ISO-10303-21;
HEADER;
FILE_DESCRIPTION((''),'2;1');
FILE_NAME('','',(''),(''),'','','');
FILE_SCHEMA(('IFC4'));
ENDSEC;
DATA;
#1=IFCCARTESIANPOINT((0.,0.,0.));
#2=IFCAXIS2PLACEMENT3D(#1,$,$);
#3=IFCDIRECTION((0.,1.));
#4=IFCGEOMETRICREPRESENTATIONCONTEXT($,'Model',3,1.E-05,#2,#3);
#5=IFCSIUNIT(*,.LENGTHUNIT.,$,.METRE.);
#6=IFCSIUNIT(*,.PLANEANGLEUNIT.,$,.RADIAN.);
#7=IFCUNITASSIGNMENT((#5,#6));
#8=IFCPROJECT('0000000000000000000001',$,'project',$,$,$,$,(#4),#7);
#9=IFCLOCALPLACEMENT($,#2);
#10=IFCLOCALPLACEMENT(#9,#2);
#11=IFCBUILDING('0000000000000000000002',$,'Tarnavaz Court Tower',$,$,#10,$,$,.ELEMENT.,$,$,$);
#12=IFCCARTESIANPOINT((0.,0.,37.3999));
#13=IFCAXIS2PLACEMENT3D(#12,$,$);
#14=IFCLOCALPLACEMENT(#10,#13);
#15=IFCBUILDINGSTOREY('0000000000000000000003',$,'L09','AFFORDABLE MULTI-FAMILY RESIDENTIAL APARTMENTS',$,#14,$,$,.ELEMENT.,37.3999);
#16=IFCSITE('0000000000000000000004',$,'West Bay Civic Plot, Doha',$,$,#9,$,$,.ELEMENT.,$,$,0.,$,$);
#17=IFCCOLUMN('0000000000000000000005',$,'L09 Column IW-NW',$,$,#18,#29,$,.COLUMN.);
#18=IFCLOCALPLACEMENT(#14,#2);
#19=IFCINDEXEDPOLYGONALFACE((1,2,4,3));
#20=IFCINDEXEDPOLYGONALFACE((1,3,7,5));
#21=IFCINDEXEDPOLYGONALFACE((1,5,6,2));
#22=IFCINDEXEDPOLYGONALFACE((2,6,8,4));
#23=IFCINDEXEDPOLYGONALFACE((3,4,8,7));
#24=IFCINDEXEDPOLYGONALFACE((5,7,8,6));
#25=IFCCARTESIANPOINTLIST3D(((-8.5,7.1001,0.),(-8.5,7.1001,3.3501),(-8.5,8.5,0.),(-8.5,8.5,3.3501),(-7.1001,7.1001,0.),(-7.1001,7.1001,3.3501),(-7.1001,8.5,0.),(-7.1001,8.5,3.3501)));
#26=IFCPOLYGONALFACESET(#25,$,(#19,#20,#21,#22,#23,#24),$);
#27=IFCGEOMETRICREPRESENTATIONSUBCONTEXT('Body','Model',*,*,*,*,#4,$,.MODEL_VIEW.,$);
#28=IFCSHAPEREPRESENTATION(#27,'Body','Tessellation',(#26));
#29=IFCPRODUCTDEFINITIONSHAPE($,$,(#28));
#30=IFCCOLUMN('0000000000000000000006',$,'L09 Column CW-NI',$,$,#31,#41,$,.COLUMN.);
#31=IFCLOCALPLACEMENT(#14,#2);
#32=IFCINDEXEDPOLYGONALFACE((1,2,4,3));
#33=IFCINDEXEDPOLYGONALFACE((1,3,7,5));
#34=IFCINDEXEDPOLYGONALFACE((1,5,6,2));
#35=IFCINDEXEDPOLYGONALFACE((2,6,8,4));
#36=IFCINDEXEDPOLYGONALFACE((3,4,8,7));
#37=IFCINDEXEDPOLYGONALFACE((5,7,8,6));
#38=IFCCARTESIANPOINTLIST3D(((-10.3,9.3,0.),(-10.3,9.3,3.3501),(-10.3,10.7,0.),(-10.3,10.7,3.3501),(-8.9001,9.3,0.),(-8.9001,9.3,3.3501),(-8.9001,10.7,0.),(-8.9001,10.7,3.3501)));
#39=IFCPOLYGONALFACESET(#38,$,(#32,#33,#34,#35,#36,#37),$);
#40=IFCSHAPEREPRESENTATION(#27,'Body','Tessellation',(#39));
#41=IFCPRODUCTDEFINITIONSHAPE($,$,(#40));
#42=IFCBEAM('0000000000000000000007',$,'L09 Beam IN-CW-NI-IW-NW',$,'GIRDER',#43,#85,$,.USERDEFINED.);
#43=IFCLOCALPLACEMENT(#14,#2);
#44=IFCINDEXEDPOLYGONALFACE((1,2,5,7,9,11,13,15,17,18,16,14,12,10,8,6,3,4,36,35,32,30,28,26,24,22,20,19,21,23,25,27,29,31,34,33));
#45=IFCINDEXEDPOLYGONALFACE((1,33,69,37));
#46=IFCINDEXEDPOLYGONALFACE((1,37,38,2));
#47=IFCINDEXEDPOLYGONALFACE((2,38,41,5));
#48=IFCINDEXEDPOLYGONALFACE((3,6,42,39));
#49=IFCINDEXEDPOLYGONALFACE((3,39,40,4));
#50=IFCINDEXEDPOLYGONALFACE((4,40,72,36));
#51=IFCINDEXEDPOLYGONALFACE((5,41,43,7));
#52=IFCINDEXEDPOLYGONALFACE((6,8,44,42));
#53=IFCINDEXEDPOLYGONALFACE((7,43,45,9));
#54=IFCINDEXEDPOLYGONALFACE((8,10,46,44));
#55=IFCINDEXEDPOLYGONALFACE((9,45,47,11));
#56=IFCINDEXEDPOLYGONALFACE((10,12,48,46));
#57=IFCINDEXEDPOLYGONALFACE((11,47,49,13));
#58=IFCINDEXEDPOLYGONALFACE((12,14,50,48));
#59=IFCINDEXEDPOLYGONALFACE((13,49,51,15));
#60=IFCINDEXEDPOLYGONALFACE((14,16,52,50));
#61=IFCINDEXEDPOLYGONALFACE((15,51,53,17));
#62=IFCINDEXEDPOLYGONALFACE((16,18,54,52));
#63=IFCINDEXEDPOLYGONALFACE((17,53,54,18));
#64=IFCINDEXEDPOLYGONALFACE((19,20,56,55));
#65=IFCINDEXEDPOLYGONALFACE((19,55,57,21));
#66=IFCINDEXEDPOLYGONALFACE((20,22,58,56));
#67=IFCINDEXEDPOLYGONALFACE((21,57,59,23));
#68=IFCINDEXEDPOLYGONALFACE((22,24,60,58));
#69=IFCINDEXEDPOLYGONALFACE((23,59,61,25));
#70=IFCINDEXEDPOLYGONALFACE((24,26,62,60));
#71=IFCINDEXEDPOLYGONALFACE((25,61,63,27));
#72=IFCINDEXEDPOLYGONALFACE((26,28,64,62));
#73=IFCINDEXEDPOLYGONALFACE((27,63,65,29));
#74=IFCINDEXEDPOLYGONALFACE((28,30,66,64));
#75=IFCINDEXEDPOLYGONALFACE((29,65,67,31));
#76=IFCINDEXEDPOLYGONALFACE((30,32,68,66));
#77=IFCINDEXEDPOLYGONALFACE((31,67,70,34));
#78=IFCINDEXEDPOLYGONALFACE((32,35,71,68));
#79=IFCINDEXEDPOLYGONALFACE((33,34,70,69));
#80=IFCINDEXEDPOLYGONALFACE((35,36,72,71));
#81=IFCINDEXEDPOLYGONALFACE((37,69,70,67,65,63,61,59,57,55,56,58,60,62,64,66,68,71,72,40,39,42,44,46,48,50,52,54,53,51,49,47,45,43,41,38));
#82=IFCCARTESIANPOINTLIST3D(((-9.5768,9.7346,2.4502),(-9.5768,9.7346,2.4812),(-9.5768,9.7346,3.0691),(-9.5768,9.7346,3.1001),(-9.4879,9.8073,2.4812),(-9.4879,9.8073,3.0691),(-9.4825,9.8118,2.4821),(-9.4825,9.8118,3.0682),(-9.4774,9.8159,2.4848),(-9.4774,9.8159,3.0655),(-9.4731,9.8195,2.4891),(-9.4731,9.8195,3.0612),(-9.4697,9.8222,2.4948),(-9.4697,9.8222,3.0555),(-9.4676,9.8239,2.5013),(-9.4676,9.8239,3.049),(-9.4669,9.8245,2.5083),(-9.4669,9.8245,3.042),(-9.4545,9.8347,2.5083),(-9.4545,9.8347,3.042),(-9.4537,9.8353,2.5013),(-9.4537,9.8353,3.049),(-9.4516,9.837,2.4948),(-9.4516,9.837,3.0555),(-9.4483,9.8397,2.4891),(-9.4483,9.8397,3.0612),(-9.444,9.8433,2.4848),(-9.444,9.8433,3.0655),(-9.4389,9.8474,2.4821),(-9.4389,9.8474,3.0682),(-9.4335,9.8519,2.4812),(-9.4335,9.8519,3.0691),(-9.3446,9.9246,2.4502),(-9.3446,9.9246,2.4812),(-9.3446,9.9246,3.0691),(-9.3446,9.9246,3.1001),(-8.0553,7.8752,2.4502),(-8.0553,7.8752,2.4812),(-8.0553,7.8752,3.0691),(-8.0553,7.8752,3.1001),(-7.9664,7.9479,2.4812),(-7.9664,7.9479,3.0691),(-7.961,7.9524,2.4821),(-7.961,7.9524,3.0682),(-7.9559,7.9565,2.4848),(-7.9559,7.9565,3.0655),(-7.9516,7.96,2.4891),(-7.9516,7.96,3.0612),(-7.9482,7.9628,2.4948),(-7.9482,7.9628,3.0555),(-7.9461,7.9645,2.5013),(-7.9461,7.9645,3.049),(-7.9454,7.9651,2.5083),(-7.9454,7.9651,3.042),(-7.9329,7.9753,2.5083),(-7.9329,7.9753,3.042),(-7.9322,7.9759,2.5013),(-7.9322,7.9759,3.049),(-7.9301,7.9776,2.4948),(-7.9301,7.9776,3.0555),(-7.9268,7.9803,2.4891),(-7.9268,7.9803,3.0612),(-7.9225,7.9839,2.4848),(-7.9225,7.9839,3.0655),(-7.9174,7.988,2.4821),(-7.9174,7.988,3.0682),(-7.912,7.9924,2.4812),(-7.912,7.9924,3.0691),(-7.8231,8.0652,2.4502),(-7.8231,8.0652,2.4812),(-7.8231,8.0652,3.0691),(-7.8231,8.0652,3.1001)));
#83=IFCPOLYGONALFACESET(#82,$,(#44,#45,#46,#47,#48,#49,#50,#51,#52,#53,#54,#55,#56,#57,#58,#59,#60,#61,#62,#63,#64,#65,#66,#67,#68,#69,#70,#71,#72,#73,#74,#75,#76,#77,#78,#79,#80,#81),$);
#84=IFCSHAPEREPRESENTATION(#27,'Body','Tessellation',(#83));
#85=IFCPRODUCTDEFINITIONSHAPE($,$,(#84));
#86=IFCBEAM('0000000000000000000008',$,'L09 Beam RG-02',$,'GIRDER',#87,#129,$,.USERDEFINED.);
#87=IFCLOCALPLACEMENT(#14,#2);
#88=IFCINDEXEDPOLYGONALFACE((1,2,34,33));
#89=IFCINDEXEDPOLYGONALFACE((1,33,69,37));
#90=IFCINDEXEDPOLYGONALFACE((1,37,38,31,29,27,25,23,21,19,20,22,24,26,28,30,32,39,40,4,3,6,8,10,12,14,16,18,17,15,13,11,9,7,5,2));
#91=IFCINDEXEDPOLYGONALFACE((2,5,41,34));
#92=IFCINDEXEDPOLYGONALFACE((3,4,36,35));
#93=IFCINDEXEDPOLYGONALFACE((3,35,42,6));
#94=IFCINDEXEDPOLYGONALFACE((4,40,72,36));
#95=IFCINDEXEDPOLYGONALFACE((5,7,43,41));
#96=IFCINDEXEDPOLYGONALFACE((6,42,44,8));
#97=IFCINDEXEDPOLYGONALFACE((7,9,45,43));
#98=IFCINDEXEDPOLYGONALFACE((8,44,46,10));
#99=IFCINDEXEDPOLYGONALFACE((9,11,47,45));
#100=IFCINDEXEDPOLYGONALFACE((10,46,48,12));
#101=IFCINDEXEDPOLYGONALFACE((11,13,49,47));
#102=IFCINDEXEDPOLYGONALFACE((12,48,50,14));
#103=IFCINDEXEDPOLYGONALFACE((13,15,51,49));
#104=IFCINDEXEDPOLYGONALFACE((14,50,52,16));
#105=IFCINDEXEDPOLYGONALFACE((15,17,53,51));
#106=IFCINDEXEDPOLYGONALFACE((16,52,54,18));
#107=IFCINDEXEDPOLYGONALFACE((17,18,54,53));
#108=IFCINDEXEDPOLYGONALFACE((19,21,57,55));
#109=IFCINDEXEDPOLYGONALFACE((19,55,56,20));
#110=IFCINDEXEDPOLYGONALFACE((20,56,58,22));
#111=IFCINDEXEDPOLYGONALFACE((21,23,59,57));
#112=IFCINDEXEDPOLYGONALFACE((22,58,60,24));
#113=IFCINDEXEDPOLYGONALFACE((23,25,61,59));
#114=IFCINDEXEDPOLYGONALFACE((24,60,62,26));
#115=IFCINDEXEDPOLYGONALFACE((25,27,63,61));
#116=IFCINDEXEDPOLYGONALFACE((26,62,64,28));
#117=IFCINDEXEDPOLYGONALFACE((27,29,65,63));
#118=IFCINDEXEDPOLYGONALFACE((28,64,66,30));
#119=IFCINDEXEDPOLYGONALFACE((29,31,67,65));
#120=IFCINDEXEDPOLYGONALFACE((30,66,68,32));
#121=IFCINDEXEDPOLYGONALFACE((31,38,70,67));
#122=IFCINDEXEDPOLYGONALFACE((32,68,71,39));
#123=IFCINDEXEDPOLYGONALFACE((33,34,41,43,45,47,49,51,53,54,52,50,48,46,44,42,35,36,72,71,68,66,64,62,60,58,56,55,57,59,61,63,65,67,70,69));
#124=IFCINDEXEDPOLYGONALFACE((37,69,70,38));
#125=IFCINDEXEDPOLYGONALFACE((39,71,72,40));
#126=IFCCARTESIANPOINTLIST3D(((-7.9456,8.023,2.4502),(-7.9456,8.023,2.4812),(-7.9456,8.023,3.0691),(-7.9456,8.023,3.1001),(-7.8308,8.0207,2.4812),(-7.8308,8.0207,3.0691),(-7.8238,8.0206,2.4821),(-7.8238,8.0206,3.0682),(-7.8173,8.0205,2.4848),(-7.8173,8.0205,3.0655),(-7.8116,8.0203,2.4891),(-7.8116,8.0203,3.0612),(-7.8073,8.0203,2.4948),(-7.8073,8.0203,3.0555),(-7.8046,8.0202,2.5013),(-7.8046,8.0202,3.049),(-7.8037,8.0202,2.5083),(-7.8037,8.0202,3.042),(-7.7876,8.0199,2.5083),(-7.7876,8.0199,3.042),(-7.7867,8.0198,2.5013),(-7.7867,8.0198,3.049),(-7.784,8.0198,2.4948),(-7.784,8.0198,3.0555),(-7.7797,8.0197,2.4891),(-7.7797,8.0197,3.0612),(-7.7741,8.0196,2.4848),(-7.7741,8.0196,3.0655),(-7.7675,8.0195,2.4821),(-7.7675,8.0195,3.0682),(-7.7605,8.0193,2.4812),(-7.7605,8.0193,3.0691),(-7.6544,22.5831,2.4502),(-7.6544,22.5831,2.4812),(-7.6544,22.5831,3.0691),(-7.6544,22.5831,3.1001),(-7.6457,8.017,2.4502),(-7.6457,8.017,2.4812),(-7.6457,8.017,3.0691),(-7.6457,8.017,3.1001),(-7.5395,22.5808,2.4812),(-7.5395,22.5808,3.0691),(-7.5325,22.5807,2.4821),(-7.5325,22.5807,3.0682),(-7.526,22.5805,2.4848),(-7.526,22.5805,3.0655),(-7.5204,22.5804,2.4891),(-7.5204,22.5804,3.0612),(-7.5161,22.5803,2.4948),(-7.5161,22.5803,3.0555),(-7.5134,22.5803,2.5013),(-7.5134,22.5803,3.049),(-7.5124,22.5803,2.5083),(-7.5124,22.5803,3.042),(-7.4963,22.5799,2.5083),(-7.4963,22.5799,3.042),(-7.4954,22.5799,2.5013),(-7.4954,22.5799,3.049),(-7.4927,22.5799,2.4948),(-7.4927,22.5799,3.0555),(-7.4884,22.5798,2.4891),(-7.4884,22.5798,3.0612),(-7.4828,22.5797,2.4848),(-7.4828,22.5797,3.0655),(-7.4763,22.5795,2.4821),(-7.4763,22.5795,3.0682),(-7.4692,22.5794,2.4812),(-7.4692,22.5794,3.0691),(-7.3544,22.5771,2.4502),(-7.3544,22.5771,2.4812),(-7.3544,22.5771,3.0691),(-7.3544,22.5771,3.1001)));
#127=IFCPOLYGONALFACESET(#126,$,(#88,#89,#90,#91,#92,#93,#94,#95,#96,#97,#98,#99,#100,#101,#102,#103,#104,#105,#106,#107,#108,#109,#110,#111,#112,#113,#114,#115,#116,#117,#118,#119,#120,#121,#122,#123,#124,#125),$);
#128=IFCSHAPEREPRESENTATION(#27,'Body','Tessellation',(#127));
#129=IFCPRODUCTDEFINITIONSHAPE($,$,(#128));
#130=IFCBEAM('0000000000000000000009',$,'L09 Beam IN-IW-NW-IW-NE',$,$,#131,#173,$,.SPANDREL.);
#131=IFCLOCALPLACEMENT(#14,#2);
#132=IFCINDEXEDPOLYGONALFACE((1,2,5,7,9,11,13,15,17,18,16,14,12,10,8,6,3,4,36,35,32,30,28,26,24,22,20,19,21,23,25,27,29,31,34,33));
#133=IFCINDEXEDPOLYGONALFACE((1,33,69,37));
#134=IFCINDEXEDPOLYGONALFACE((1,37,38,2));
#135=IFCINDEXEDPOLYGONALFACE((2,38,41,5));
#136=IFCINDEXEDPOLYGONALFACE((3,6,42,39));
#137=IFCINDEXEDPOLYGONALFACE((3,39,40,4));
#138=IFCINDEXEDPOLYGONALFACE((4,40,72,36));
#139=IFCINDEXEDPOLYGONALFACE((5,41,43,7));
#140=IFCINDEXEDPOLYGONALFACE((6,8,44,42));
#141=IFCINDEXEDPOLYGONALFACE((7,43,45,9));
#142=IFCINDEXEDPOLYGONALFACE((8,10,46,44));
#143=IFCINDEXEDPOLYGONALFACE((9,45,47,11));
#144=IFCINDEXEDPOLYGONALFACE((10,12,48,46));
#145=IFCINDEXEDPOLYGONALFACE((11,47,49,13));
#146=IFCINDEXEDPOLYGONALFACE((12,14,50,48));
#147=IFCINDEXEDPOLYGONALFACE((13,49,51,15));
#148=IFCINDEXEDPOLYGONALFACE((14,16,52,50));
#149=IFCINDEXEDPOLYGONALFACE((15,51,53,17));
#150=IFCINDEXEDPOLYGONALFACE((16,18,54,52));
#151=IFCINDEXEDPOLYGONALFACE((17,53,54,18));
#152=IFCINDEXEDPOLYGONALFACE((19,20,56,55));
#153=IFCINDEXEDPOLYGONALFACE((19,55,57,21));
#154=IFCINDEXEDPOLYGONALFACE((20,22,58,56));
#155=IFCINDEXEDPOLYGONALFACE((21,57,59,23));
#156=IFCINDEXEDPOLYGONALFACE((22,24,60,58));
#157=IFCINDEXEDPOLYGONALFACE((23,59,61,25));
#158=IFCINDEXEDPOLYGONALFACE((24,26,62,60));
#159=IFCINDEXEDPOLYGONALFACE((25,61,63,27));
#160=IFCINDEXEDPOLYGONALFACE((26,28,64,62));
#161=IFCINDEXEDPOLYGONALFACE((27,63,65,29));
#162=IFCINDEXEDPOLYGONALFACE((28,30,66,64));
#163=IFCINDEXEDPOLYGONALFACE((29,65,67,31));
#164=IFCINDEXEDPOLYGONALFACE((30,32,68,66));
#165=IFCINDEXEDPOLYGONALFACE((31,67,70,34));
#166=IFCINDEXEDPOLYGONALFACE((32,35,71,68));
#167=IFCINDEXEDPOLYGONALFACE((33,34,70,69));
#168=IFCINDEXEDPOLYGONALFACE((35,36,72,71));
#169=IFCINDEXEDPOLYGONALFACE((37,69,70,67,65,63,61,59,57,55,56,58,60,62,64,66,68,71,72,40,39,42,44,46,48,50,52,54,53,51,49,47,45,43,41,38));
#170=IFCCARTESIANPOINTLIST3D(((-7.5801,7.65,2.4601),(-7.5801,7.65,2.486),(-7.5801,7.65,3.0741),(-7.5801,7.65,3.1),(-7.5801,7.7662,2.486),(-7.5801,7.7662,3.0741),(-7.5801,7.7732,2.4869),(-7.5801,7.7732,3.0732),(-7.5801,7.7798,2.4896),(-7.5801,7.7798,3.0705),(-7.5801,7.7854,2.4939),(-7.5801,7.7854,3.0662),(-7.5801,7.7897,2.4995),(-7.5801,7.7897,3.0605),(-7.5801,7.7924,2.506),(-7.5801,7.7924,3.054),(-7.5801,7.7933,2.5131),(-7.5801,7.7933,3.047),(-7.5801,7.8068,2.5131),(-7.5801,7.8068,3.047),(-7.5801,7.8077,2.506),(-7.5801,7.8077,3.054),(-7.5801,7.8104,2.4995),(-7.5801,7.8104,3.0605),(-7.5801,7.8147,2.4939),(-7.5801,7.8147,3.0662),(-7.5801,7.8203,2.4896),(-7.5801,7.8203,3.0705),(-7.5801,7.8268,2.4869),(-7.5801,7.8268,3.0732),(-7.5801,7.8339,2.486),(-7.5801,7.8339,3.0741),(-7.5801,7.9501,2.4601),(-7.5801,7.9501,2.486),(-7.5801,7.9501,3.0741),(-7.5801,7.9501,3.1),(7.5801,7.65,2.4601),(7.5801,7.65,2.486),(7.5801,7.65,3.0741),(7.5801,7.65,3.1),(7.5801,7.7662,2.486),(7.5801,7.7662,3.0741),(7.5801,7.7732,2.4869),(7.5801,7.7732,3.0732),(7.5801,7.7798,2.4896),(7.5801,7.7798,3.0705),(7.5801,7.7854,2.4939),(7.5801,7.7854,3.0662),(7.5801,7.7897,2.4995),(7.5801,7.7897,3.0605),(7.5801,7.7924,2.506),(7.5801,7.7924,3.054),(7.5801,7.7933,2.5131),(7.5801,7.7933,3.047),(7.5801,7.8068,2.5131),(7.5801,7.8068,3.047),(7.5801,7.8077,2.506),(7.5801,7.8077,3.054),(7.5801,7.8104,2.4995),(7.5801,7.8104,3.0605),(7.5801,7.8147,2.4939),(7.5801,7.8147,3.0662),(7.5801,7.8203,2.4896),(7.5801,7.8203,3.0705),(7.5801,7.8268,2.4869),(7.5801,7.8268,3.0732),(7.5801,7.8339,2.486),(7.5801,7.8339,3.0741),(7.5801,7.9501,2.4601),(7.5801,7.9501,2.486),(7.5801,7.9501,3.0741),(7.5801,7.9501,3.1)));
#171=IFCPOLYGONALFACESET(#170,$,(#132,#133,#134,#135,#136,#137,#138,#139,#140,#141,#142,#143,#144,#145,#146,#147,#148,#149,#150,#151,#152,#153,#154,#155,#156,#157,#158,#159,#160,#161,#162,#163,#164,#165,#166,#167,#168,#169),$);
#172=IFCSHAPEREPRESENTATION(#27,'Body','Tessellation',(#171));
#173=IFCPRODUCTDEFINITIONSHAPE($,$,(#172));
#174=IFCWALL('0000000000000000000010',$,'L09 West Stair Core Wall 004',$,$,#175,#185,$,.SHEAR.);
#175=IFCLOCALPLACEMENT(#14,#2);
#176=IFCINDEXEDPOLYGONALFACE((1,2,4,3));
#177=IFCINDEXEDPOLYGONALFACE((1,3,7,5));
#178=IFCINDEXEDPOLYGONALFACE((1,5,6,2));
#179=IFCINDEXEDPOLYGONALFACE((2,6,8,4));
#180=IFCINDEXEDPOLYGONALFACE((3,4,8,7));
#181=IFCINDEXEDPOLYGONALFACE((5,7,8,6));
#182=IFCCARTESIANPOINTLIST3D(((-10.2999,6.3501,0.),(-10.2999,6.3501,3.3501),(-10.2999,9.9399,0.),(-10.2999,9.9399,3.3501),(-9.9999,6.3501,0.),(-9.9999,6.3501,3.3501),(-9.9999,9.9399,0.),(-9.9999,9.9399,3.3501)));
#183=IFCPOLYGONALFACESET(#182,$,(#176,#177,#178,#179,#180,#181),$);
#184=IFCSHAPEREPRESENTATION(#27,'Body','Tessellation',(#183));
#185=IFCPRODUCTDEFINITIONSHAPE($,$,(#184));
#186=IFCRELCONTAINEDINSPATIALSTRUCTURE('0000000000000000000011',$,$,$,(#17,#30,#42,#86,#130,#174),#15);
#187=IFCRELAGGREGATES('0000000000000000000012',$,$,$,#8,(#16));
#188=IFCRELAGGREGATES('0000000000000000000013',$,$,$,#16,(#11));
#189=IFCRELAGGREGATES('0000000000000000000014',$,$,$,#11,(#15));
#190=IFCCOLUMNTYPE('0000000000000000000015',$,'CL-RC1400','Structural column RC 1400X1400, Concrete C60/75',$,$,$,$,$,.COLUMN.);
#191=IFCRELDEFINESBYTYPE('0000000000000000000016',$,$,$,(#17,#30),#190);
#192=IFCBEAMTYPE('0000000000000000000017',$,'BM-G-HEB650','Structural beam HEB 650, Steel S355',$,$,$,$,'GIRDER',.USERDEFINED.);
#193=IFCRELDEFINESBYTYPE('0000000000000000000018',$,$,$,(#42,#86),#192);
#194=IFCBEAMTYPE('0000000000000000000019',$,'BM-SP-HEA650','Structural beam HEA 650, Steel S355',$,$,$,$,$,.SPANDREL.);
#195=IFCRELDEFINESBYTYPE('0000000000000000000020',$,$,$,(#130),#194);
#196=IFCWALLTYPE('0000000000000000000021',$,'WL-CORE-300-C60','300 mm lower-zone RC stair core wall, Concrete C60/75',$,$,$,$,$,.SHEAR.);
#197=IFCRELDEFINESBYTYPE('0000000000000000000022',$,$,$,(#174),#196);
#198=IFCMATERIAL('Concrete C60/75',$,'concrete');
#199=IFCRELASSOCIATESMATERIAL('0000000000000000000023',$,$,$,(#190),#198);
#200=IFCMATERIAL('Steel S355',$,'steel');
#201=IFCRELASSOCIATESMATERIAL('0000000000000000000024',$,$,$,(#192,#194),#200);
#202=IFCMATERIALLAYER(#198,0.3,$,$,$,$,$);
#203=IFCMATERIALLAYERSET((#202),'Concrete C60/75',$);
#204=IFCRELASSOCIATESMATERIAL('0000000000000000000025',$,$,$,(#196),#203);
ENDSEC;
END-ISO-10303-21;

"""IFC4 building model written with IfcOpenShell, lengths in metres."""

from ifc_helpers import new_model, si_unit, direction, frame, frame_2d, origin, origin_2d, place, context, subcontext, project, spatial, rectangle, i_section, extrude, material, layer, layer_set, material_profile, profile_set, type_object, element, save


model = new_model("IFC4")

# Units and contexts
model_context = context("Model", 3, precision=1e-05, world=origin(), true_north=direction((0.0, 1.0)))
body_context = subcontext(model_context, "Body", "Model", "MODEL_VIEW")
ifc_project = project(units=[si_unit("LENGTHUNIT", "METRE"), si_unit("PLANEANGLEUNIT", "RADIAN")], contexts=[model_context])

# Site, building, storey
site_placement = place(None, origin())
site = spatial("IfcSite", under=ifc_project, at=site_placement, Name="West Bay Civic Plot, Doha", CompositionType="ELEMENT", RefElevation=0.0)
building_placement = place(site_placement, origin())
building = spatial("IfcBuilding", under=site, at=building_placement, Name="Tarnavaz Court Tower", CompositionType="ELEMENT")
storey_placement = place(building_placement, frame((0.0, 0.0, 37.3999)))
storey = spatial("IfcBuildingStorey", under=building, at=storey_placement, Name="L09", Description="AFFORDABLE MULTI-FAMILY RESIDENTIAL APARTMENTS", CompositionType="ELEMENT", Elevation=37.3999)

# Columns
ifc_material_1 = material(Name="Concrete C60/75", Category="concrete")
ifc_material_profile_1 = material_profile(ifc_material_1, rectangle(XDim=1.3999, YDim=1.3999, at=origin_2d()), Name="RC 1400X1400")
ifc_profile_set_1 = profile_set([ifc_material_profile_1], Name="Concrete C60/75")
column_type = type_object("IfcColumnType", Name="CL-RC1400", Description="Structural column RC 1400X1400, Concrete C60/75", PredefinedType="COLUMN", material=ifc_profile_set_1)
for number, where, z_axis, x_axis, name in (
    (1, (-7.8, 7.8, 0.0), (0.0, 0.0, 1.0), (1.0, 0.0, 0.0), "L09 Column IW-NW"),
    (2, (-9.6001, 10.0, 0.0), (0.0, 0.0, 1.0), (1.0, 0.0, 0.0), "L09 Column CW-NI"),
):
    element("IfcColumn", number, at=place(storey_placement, frame(where, z_axis=z_axis, x_axis=x_axis)), inside=storey, type_object=column_type, Name=name, PredefinedType="COLUMN", context=body_context, shape_type="SweptSolid", body=[
        extrude(rectangle(XDim=1.3999, YDim=1.3999, at=origin_2d()), origin(), (0.0, 0.0, 1.0), 3.3501),
    ])

# Beams
ifc_material_2 = material(Name="Steel S355", Category="steel")
ifc_material_profile_2 = material_profile(ifc_material_2, i_section(OverallWidth=0.3, OverallDepth=0.6499, WebThickness=0.0161, FlangeThickness=0.031, FilletRadius=0.0271, at=origin_2d()), Name="HEB 650")
ifc_profile_set_2 = profile_set([ifc_material_profile_2], Name="Steel S355")
beam_type_1 = type_object("IfcBeamType", Name="BM-G-HEB650", Description="Structural beam HEB 650, Steel S355", ElementType="GIRDER", PredefinedType="USERDEFINED", material=ifc_profile_set_2)
beam_1_placement = place(storey_placement, frame((-9.4607, 9.8296, 2.7751), z_axis=(0.633282, -0.773921, 0.0), x_axis=(0.773921, 0.633282, 0.0)))
element("IfcBeam", 3, at=beam_1_placement, inside=storey, type_object=beam_type_1, Name="L09 Beam IN-CW-NI-IW-NW", ObjectType="GIRDER", PredefinedType="USERDEFINED", context=body_context, shape_type="SweptSolid", body=[
    extrude(i_section(OverallWidth=0.3, OverallDepth=0.6499, WebThickness=0.0161, FlangeThickness=0.031, FilletRadius=0.0271, at=origin_2d()), origin(), (0.0, 0.0, 1.0), 2.4026),
])
beam_2_placement = place(storey_placement, frame((-7.7957, 8.02, 2.7751), z_axis=(0.02, 0.9998, 0.0), x_axis=(-0.9998, 0.02, 0.0)))
element("IfcBeam", 4, at=beam_2_placement, inside=storey, type_object=beam_type_1, Name="L09 Beam RG-02", ObjectType="GIRDER", PredefinedType="USERDEFINED", context=body_context, shape_type="SweptSolid", body=[
    extrude(i_section(OverallWidth=0.3, OverallDepth=0.6499, WebThickness=0.0161, FlangeThickness=0.031, FilletRadius=0.0271, at=origin_2d()), origin(), (0.0, 0.0, 1.0), 14.563),
])
ifc_material_profile_3 = material_profile(ifc_material_2, i_section(OverallWidth=0.3, OverallDepth=0.6399, WebThickness=0.0134, FlangeThickness=0.0259, FilletRadius=0.0271, at=origin_2d()), Name="HEA 650")
ifc_profile_set_3 = profile_set([ifc_material_profile_3], Name="Steel S355")
beam_type_2 = type_object("IfcBeamType", Name="BM-SP-HEA650", Description="Structural beam HEA 650, Steel S355", PredefinedType="SPANDREL", material=ifc_profile_set_3)
beam_3_placement = place(storey_placement, frame((-7.5801, 7.8, 2.78), z_axis=(1.0, 0.0, 0.0), x_axis=(0.0, 1.0, 0.0)))
element("IfcBeam", 5, at=beam_3_placement, inside=storey, type_object=beam_type_2, Name="L09 Beam IN-IW-NW-IW-NE", PredefinedType="SPANDREL", context=body_context, shape_type="SweptSolid", body=[
    extrude(i_section(OverallWidth=0.3, OverallDepth=0.6399, WebThickness=0.0134, FlangeThickness=0.0259, FilletRadius=0.0271, at=origin_2d()), origin(), (0.0, 0.0, 1.0), 15.1602),
])

# Wall
ifc_layer_1 = layer(ifc_material_1, 0.3)
ifc_layer_set_1 = layer_set([ifc_layer_1], Name="Concrete C60/75")
wall_type_1 = type_object("IfcWallType", Name="WL-CORE-300-C60", Description="300 mm lower-zone RC stair core wall, Concrete C60/75", PredefinedType="SHEAR", material=ifc_layer_set_1)
wall_1_placement = place(storey_placement, frame((-10.1499, 6.3501, 0.0), z_axis=(0.0, 0.0, 1.0), x_axis=(0.0, 1.0, 0.0)))
element("IfcWall", 6, at=wall_1_placement, inside=storey, type_object=wall_type_1, Name="L09 West Stair Core Wall 004", PredefinedType="SHEAR", context=body_context, shape_type="SweptSolid", body=[
    extrude(rectangle(XDim=3.5898, YDim=0.3, at=frame_2d((1.7949, 0.0))), origin(), (0.0, 0.0, 1.0), 3.3501),
])

save(model, "model.ifc")
